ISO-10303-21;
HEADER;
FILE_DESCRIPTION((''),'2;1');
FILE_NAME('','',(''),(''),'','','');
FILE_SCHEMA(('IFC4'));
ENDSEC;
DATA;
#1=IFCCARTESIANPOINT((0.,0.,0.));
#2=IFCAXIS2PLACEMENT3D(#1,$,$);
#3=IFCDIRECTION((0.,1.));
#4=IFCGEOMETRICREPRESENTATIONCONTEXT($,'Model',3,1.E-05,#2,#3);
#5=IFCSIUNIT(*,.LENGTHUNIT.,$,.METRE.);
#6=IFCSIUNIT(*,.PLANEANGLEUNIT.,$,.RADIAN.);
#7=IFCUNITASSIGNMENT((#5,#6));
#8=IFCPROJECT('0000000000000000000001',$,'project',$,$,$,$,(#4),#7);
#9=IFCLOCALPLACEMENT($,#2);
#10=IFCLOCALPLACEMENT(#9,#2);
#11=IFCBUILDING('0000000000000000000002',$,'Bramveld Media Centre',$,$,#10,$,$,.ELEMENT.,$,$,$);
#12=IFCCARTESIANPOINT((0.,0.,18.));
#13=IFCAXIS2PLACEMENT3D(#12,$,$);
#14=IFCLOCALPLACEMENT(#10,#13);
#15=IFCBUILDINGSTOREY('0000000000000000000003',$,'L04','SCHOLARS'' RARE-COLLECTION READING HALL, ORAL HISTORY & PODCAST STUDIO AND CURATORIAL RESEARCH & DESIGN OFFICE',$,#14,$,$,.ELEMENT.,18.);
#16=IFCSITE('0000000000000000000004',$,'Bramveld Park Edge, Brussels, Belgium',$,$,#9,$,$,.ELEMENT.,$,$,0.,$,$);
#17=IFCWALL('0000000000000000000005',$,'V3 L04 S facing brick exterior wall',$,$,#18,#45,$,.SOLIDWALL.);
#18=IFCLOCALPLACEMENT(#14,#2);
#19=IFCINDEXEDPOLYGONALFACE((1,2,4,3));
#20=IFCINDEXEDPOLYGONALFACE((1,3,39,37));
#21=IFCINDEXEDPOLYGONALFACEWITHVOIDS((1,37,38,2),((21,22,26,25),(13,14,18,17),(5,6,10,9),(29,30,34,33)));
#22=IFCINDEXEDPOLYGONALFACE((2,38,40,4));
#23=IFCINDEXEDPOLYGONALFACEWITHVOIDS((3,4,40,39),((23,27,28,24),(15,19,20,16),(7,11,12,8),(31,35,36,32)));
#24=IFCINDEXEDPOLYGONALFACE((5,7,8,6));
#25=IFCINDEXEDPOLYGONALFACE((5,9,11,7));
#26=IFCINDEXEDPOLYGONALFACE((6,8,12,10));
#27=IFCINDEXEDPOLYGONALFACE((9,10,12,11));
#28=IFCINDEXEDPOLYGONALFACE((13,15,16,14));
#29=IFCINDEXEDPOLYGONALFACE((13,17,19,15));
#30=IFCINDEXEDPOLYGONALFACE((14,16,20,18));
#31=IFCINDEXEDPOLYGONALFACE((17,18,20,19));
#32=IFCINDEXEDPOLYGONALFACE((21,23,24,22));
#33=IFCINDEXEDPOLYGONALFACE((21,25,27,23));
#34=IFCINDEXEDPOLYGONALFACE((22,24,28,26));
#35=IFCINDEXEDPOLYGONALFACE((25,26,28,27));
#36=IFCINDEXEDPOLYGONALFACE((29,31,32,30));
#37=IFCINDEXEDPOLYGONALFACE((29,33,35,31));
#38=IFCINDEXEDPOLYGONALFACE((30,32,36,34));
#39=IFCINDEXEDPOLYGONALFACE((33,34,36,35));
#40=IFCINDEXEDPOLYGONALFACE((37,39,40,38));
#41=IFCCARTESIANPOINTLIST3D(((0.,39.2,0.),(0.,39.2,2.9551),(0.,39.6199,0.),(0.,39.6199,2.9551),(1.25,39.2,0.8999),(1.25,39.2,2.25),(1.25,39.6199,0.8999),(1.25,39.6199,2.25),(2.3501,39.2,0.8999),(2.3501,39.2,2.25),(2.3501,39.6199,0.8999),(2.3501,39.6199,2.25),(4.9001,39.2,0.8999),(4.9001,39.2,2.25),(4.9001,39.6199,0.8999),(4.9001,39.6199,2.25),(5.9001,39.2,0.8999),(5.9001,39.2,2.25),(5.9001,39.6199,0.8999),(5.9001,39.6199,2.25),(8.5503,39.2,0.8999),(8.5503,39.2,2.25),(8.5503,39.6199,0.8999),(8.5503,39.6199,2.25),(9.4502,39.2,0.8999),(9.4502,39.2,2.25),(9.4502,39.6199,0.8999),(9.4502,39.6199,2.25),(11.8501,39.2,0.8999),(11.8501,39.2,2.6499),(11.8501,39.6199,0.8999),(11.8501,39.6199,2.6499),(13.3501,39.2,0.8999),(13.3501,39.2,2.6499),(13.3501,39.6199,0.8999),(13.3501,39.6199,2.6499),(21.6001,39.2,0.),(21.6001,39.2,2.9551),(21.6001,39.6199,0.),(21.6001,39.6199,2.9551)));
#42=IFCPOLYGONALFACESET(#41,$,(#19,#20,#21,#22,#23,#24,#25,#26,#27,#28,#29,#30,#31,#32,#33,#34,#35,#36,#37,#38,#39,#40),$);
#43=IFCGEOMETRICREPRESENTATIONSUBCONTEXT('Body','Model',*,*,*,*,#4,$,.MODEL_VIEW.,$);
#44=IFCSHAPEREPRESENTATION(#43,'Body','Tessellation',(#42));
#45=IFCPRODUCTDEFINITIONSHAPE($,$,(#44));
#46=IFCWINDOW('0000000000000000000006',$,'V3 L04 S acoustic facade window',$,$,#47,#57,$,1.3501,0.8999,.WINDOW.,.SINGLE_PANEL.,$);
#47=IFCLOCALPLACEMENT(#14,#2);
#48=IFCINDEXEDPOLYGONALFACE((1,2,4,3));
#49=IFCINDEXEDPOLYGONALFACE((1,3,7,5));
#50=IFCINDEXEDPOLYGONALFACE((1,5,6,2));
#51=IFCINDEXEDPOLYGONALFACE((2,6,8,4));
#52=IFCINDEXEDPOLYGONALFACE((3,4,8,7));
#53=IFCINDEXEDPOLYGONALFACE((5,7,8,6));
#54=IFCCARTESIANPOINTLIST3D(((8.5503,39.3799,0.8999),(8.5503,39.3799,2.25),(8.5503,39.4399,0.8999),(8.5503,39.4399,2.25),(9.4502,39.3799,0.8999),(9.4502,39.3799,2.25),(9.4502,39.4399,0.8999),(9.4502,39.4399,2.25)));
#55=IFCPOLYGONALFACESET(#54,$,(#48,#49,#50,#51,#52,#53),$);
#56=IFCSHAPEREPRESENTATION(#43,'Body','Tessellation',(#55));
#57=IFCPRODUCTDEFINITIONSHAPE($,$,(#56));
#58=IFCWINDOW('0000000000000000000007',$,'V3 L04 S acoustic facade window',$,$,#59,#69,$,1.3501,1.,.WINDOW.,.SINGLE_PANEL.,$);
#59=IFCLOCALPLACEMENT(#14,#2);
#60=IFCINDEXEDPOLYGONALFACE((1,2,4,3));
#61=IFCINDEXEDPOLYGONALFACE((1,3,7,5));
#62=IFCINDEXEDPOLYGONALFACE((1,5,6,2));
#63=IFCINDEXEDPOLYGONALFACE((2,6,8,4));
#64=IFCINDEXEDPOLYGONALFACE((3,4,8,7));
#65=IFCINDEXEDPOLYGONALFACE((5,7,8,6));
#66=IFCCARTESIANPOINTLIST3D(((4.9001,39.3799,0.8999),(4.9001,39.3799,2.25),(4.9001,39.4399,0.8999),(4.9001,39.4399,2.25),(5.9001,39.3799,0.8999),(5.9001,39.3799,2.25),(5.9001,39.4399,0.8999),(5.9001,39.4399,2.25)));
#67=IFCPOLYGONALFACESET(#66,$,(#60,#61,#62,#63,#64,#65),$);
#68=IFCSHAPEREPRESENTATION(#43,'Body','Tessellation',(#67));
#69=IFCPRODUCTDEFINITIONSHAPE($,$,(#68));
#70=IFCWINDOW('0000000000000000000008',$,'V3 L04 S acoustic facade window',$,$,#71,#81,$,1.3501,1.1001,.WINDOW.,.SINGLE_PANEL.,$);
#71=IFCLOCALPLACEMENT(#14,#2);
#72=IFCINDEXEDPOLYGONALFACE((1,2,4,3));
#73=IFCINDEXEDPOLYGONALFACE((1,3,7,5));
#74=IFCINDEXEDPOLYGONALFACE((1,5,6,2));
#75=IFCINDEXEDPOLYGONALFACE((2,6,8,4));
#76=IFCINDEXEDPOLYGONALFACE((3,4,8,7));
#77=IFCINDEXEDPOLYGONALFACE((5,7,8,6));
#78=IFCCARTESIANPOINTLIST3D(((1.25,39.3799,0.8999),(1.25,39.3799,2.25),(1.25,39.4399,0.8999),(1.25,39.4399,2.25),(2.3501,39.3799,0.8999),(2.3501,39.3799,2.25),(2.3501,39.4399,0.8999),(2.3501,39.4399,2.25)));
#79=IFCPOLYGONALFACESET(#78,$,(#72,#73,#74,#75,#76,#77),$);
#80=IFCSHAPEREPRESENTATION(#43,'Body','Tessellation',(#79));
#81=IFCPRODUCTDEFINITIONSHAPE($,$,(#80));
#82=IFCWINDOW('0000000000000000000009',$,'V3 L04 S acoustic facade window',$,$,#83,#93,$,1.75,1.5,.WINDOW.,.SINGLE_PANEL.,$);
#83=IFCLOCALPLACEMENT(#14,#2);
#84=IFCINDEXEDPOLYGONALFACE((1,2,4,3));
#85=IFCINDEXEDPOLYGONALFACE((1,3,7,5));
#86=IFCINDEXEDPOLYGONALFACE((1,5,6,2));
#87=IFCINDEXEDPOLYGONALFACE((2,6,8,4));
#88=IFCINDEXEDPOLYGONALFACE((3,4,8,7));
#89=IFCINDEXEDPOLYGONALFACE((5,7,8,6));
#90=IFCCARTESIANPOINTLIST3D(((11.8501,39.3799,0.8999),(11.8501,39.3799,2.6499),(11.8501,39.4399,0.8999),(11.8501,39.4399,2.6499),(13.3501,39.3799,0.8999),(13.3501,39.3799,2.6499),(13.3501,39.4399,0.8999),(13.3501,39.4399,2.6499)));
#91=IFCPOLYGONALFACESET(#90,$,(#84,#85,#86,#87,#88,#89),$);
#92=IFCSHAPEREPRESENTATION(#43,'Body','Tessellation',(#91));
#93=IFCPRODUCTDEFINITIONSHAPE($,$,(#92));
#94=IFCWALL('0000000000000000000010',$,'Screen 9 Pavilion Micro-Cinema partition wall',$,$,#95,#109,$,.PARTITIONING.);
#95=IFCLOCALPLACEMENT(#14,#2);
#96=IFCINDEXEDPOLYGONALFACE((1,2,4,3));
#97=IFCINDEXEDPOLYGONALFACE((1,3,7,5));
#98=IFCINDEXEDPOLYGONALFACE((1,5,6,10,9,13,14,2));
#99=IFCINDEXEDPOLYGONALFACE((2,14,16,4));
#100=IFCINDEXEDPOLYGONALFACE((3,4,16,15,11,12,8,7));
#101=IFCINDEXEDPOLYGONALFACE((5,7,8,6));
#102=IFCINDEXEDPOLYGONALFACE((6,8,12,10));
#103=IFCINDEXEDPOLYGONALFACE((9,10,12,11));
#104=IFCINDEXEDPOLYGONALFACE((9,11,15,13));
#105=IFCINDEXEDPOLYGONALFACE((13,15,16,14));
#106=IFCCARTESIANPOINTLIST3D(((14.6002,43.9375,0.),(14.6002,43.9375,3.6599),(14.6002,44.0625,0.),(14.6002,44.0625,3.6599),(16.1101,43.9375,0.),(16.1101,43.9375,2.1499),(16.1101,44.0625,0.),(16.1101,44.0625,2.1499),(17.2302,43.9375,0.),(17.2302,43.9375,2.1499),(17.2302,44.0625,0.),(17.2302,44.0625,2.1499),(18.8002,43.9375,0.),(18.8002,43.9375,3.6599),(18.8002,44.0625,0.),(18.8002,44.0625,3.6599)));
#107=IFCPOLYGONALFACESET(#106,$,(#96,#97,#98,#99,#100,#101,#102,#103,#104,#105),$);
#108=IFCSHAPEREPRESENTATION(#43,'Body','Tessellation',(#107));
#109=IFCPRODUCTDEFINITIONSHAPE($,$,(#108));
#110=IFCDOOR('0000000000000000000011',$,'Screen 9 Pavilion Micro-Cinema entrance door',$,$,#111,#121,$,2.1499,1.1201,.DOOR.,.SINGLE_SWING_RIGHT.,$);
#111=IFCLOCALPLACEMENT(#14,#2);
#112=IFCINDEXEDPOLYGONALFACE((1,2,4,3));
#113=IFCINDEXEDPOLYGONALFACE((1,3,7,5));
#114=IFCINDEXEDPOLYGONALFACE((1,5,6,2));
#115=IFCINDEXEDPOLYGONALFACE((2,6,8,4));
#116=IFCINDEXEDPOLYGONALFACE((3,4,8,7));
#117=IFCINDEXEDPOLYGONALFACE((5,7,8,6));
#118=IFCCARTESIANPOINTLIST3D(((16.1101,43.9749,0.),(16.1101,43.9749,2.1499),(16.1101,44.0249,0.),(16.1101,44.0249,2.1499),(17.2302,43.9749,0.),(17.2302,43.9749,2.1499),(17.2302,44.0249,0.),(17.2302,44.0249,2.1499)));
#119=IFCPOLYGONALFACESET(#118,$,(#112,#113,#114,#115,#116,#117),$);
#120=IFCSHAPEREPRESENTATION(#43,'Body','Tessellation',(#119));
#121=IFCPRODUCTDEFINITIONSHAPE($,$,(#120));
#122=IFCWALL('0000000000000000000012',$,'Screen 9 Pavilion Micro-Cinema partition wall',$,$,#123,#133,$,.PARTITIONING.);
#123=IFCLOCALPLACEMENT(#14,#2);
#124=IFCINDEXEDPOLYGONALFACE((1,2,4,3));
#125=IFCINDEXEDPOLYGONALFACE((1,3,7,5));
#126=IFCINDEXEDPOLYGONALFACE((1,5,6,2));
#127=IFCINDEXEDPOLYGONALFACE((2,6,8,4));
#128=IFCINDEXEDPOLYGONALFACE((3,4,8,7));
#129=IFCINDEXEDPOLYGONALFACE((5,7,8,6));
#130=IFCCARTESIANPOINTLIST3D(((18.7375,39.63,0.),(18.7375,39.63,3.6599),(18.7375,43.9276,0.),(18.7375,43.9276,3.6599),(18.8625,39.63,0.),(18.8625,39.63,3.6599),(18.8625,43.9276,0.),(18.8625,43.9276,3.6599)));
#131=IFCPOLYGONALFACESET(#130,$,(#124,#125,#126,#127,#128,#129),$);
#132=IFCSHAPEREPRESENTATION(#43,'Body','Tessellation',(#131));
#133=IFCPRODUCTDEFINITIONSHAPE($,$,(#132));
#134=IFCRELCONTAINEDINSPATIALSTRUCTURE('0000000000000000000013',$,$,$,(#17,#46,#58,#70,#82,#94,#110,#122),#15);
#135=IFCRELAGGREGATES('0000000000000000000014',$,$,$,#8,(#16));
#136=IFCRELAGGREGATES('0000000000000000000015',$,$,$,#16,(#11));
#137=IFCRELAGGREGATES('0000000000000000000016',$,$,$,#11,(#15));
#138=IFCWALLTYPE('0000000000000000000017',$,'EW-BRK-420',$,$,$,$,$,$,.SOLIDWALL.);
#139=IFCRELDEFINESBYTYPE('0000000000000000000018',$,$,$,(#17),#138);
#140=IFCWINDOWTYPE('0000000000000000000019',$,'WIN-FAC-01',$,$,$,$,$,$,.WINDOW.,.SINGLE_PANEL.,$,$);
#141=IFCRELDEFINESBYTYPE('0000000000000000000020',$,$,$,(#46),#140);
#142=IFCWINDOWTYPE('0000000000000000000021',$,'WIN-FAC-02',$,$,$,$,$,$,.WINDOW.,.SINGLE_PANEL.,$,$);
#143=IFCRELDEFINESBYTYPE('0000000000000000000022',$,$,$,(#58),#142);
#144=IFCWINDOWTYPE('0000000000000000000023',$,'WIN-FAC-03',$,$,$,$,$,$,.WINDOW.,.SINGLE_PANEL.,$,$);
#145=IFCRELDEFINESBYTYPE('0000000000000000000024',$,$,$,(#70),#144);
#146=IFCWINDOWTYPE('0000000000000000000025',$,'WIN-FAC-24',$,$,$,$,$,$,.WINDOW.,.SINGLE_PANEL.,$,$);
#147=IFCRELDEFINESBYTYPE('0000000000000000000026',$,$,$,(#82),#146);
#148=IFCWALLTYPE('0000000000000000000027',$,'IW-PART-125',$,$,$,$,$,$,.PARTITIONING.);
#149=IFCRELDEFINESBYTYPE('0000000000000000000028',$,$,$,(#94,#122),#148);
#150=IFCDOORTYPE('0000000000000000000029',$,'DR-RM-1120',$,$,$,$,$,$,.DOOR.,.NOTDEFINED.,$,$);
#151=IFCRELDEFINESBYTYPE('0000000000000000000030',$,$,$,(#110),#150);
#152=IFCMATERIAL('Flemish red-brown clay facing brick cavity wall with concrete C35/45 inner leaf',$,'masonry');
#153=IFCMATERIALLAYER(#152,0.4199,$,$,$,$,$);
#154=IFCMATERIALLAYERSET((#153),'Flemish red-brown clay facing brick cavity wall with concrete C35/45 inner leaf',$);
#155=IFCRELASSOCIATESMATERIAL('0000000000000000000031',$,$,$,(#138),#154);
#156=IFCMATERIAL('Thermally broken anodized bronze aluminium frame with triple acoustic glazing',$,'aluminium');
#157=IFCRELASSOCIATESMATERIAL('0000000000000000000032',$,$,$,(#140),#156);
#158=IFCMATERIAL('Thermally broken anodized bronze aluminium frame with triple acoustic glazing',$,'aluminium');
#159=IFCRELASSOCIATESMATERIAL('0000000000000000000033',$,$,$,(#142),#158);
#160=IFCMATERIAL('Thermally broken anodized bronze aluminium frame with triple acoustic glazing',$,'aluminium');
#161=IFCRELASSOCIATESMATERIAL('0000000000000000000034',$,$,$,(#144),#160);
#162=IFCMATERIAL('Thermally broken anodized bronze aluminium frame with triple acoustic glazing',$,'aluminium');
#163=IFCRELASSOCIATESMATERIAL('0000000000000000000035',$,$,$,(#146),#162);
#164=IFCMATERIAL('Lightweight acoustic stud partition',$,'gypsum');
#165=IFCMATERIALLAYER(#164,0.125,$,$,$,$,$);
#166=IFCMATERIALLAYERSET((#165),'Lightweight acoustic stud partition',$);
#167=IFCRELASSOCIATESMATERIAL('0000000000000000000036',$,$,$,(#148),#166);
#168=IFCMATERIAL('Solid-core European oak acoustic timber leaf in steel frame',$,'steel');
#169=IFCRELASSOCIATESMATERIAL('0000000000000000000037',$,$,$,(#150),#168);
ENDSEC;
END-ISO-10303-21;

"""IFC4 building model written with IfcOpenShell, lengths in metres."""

from ifc_helpers import new_model, si_unit, direction, frame, frame_2d, origin, place, context, subcontext, project, spatial, rectangle, extrude, material, layer, layer_set, type_object, element, fill, save


model = new_model("IFC4")

# Units and contexts
model_context = context("Model", 3, precision=1e-05, world=origin(), true_north=direction((0.0, 1.0)))
body_context = subcontext(model_context, "Body", "Model", "MODEL_VIEW")
ifc_project = project(units=[si_unit("LENGTHUNIT", "METRE"), si_unit("PLANEANGLEUNIT", "RADIAN")], contexts=[model_context])

# Site, building, storey
site_placement = place(None, origin())
site = spatial("IfcSite", under=ifc_project, at=site_placement, Name="Bramveld Park Edge, Brussels, Belgium", CompositionType="ELEMENT", RefElevation=0.0)
building_placement = place(site_placement, origin())
building = spatial("IfcBuilding", under=site, at=building_placement, Name="Bramveld Media Centre", CompositionType="ELEMENT")
storey_placement = place(building_placement, frame((0.0, 0.0, 18.0)))
storey = spatial("IfcBuildingStorey", under=building, at=storey_placement, Name="L04", Description="SCHOLARS' RARE-COLLECTION READING HALL, ORAL HISTORY & PODCAST STUDIO AND CURATORIAL RESEARCH & DESIGN OFFICE", CompositionType="ELEMENT", Elevation=18.0)

# Wall, openings, windows
ifc_material_1 = material(Name="Flemish red-brown clay facing brick cavity wall with concrete C35/45 inner leaf", Category="masonry")
ifc_layer_1 = layer(ifc_material_1, 0.4199)
ifc_layer_set_1 = layer_set([ifc_layer_1], Name="Flemish red-brown clay facing brick cavity wall with concrete C35/45 inner leaf")
wall_type_1 = type_object("IfcWallType", Name="EW-BRK-420", PredefinedType="SOLIDWALL", material=ifc_layer_set_1)
wall_1_placement = place(storey_placement, frame((21.6001, 39.4099, 0.0), z_axis=(0.0, 0.0, 1.0), x_axis=(-1.0, 0.0, 0.0)))
wall_1 = element("IfcWall", 1, at=wall_1_placement, inside=storey, type_object=wall_type_1, Name="V3 L04 S facing brick exterior wall", PredefinedType="SOLIDWALL", context=body_context, shape_type="SweptSolid", body=[
    extrude(rectangle(XDim=21.6001, YDim=0.4199, at=frame_2d((10.8, 0.0))), origin(), (0.0, 0.0, 1.0), 2.9551),
])
opening_1_placement = place(wall_1_placement, frame((8.25, 0.0, 0.8999)))
opening_1 = element("IfcOpeningElement", 2, at=opening_1_placement, cuts=wall_1, PredefinedType="OPENING", context=body_context, shape_type="SweptSolid", body=[
    extrude(rectangle(XDim=1.5, YDim=1.75, at=frame_2d((0.75, 0.875))), frame((0.0, 0.2219, 0.0), z_axis=(0.0, -1.0, 0.0), x_axis=(1.0, 0.0, 0.0)), (0.0, 0.0, 1.0), 0.4438),
])
opening_2_placement = place(wall_1_placement, frame((12.1499, 0.0, 0.8999)))
opening_2 = element("IfcOpeningElement", 3, at=opening_2_placement, cuts=wall_1, PredefinedType="OPENING", context=body_context, shape_type="SweptSolid", body=[
    extrude(rectangle(XDim=0.8999, YDim=1.3501, at=frame_2d((0.45, 0.675))), frame((0.0, 0.2219, 0.0), z_axis=(0.0, -1.0, 0.0), x_axis=(1.0, 0.0, 0.0)), (0.0, 0.0, 1.0), 0.4438),
])
opening_3_placement = place(wall_1_placement, frame((15.7, 0.0, 0.8999)))
opening_3 = element("IfcOpeningElement", 4, at=opening_3_placement, cuts=wall_1, PredefinedType="OPENING", context=body_context, shape_type="SweptSolid", body=[
    extrude(rectangle(XDim=1.0, YDim=1.3501, at=frame_2d((0.5, 0.675))), frame((0.0, 0.2219, 0.0), z_axis=(0.0, -1.0, 0.0), x_axis=(1.0, 0.0, 0.0)), (0.0, 0.0, 1.0), 0.4438),
])
opening_4_placement = place(wall_1_placement, frame((19.25, 0.0, 0.8999)))
opening_4 = element("IfcOpeningElement", 5, at=opening_4_placement, cuts=wall_1, PredefinedType="OPENING", context=body_context, shape_type="SweptSolid", body=[
    extrude(rectangle(XDim=1.1001, YDim=1.3501, at=frame_2d((0.55, 0.675))), frame((0.0, 0.2219, 0.0), z_axis=(0.0, -1.0, 0.0), x_axis=(1.0, 0.0, 0.0)), (0.0, 0.0, 1.0), 0.4438),
])
ifc_material_2 = material(Name="Thermally broken anodized bronze aluminium frame with triple acoustic glazing", Category="aluminium")
window_type_1 = type_object("IfcWindowType", Name="WIN-FAC-01", PartitioningType="SINGLE_PANEL", PredefinedType="WINDOW", material=ifc_material_2)
window_1_placement = place(opening_2_placement, origin())
window_1 = element("IfcWindow", 6, at=window_1_placement, inside=storey, type_object=window_type_1, Name="V3 L04 S acoustic facade window", OverallHeight=1.3501, OverallWidth=0.8999, PartitioningType="SINGLE_PANEL", PredefinedType="WINDOW", context=body_context, shape_type="SweptSolid", body=[
    extrude(rectangle(XDim=0.8999, YDim=1.3501, at=frame_2d((0.45, 0.675))), frame((0.0, 0.03, 0.0), z_axis=(0.0, -1.0, 0.0), x_axis=(1.0, 0.0, 0.0)), (0.0, 0.0, 1.0), 0.0601),
])
fill(opening_2, window_1)
ifc_material_3 = material(Name="Thermally broken anodized bronze aluminium frame with triple acoustic glazing", Category="aluminium")
window_type_2 = type_object("IfcWindowType", Name="WIN-FAC-02", PartitioningType="SINGLE_PANEL", PredefinedType="WINDOW", material=ifc_material_3)
window_2_placement = place(opening_3_placement, origin())
window_2 = element("IfcWindow", 7, at=window_2_placement, inside=storey, type_object=window_type_2, Name="V3 L04 S acoustic facade window", OverallHeight=1.3501, OverallWidth=1.0, PartitioningType="SINGLE_PANEL", PredefinedType="WINDOW", context=body_context, shape_type="SweptSolid", body=[
    extrude(rectangle(XDim=1.0, YDim=1.3501, at=frame_2d((0.5, 0.675))), frame((0.0, 0.03, 0.0), z_axis=(0.0, -1.0, 0.0), x_axis=(1.0, 0.0, 0.0)), (0.0, 0.0, 1.0), 0.0601),
])
fill(opening_3, window_2)
ifc_material_4 = material(Name="Thermally broken anodized bronze aluminium frame with triple acoustic glazing", Category="aluminium")
window_type_3 = type_object("IfcWindowType", Name="WIN-FAC-03", PartitioningType="SINGLE_PANEL", PredefinedType="WINDOW", material=ifc_material_4)
window_3_placement = place(opening_4_placement, origin())
window_3 = element("IfcWindow", 8, at=window_3_placement, inside=storey, type_object=window_type_3, Name="V3 L04 S acoustic facade window", OverallHeight=1.3501, OverallWidth=1.1001, PartitioningType="SINGLE_PANEL", PredefinedType="WINDOW", context=body_context, shape_type="SweptSolid", body=[
    extrude(rectangle(XDim=1.1001, YDim=1.3501, at=frame_2d((0.55, 0.675))), frame((0.0, 0.03, 0.0), z_axis=(0.0, -1.0, 0.0), x_axis=(1.0, 0.0, 0.0)), (0.0, 0.0, 1.0), 0.0601),
])
fill(opening_4, window_3)
ifc_material_5 = material(Name="Thermally broken anodized bronze aluminium frame with triple acoustic glazing", Category="aluminium")
window_type_4 = type_object("IfcWindowType", Name="WIN-FAC-24", PartitioningType="SINGLE_PANEL", PredefinedType="WINDOW", material=ifc_material_5)
window_4_placement = place(opening_1_placement, origin())
window_4 = element("IfcWindow", 9, at=window_4_placement, inside=storey, type_object=window_type_4, Name="V3 L04 S acoustic facade window", OverallHeight=1.75, OverallWidth=1.5, PartitioningType="SINGLE_PANEL", PredefinedType="WINDOW", context=body_context, shape_type="SweptSolid", body=[
    extrude(rectangle(XDim=1.5, YDim=1.75, at=frame_2d((0.75, 0.875))), frame((0.0, 0.03, 0.0), z_axis=(0.0, -1.0, 0.0), x_axis=(1.0, 0.0, 0.0)), (0.0, 0.0, 1.0), 0.0601),
])
fill(opening_1, window_4)

# Wall, opening, door
ifc_material_6 = material(Name="Lightweight acoustic stud partition", Category="gypsum")
ifc_layer_2 = layer(ifc_material_6, 0.125)
ifc_layer_set_2 = layer_set([ifc_layer_2], Name="Lightweight acoustic stud partition")
wall_type_2 = type_object("IfcWallType", Name="IW-PART-125", PredefinedType="PARTITIONING", material=ifc_layer_set_2)
wall_2_placement = place(storey_placement, frame((14.6001, 44.0, 0.0), z_axis=(0.0, 0.0, 1.0), x_axis=(1.0, 0.0, 0.0)))
wall_2 = element("IfcWall", 10, at=wall_2_placement, inside=storey, type_object=wall_type_2, Name="Screen 9 Pavilion Micro-Cinema partition wall", PredefinedType="PARTITIONING", context=body_context, shape_type="SweptSolid", body=[
    extrude(rectangle(XDim=4.2, YDim=0.125, at=frame_2d((2.1001, 0.0))), origin(), (0.0, 0.0, 1.0), 3.6599),
])
opening_5_placement = place(wall_2_placement, frame((1.51, 0.0, 0.0)))
opening_5 = element("IfcOpeningElement", 11, at=opening_5_placement, cuts=wall_2, PredefinedType="OPENING", context=body_context, shape_type="SweptSolid", body=[
    extrude(rectangle(XDim=1.1201, YDim=2.1499, at=frame_2d((0.5601, 1.075))), frame((0.0, 0.0745, 0.0), z_axis=(0.0, -1.0, 0.0), x_axis=(1.0, 0.0, 0.0)), (0.0, 0.0, 1.0), 0.1489),
])
ifc_material_7 = material(Name="Solid-core European oak acoustic timber leaf in steel frame", Category="steel")
door_type_1 = type_object("IfcDoorType", Name="DR-RM-1120", OperationType="NOTDEFINED", PredefinedType="DOOR", material=ifc_material_7)
door_1_placement = place(opening_5_placement, origin())
door_1 = element("IfcDoor", 12, at=door_1_placement, inside=storey, type_object=door_type_1, Name="Screen 9 Pavilion Micro-Cinema entrance door", OperationType="SINGLE_SWING_RIGHT", OverallHeight=2.1499, OverallWidth=1.1201, PredefinedType="DOOR", context=body_context, shape_type="SweptSolid", body=[
    extrude(rectangle(XDim=1.1201, YDim=2.1499, at=frame_2d((0.5601, 1.075))), frame((0.0, 0.0249, 0.0), z_axis=(0.0, -1.0, 0.0), x_axis=(1.0, 0.0, 0.0)), (0.0, 0.0, 1.0), 0.05),
])
fill(opening_5, door_1)

# Wall
wall_3_placement = place(storey_placement, frame((18.8, 39.6299, 0.0), z_axis=(0.0, 0.0, 1.0), x_axis=(0.0, 1.0, 0.0)))
element("IfcWall", 13, at=wall_3_placement, inside=storey, type_object=wall_type_2, Name="Screen 9 Pavilion Micro-Cinema partition wall", PredefinedType="PARTITIONING", context=body_context, shape_type="SweptSolid", body=[
    extrude(rectangle(XDim=4.2976, YDim=0.125, at=frame_2d((2.1489, 0.0))), origin(), (0.0, 0.0, 1.0), 3.6599),
])

save(model, "model.ifc")
